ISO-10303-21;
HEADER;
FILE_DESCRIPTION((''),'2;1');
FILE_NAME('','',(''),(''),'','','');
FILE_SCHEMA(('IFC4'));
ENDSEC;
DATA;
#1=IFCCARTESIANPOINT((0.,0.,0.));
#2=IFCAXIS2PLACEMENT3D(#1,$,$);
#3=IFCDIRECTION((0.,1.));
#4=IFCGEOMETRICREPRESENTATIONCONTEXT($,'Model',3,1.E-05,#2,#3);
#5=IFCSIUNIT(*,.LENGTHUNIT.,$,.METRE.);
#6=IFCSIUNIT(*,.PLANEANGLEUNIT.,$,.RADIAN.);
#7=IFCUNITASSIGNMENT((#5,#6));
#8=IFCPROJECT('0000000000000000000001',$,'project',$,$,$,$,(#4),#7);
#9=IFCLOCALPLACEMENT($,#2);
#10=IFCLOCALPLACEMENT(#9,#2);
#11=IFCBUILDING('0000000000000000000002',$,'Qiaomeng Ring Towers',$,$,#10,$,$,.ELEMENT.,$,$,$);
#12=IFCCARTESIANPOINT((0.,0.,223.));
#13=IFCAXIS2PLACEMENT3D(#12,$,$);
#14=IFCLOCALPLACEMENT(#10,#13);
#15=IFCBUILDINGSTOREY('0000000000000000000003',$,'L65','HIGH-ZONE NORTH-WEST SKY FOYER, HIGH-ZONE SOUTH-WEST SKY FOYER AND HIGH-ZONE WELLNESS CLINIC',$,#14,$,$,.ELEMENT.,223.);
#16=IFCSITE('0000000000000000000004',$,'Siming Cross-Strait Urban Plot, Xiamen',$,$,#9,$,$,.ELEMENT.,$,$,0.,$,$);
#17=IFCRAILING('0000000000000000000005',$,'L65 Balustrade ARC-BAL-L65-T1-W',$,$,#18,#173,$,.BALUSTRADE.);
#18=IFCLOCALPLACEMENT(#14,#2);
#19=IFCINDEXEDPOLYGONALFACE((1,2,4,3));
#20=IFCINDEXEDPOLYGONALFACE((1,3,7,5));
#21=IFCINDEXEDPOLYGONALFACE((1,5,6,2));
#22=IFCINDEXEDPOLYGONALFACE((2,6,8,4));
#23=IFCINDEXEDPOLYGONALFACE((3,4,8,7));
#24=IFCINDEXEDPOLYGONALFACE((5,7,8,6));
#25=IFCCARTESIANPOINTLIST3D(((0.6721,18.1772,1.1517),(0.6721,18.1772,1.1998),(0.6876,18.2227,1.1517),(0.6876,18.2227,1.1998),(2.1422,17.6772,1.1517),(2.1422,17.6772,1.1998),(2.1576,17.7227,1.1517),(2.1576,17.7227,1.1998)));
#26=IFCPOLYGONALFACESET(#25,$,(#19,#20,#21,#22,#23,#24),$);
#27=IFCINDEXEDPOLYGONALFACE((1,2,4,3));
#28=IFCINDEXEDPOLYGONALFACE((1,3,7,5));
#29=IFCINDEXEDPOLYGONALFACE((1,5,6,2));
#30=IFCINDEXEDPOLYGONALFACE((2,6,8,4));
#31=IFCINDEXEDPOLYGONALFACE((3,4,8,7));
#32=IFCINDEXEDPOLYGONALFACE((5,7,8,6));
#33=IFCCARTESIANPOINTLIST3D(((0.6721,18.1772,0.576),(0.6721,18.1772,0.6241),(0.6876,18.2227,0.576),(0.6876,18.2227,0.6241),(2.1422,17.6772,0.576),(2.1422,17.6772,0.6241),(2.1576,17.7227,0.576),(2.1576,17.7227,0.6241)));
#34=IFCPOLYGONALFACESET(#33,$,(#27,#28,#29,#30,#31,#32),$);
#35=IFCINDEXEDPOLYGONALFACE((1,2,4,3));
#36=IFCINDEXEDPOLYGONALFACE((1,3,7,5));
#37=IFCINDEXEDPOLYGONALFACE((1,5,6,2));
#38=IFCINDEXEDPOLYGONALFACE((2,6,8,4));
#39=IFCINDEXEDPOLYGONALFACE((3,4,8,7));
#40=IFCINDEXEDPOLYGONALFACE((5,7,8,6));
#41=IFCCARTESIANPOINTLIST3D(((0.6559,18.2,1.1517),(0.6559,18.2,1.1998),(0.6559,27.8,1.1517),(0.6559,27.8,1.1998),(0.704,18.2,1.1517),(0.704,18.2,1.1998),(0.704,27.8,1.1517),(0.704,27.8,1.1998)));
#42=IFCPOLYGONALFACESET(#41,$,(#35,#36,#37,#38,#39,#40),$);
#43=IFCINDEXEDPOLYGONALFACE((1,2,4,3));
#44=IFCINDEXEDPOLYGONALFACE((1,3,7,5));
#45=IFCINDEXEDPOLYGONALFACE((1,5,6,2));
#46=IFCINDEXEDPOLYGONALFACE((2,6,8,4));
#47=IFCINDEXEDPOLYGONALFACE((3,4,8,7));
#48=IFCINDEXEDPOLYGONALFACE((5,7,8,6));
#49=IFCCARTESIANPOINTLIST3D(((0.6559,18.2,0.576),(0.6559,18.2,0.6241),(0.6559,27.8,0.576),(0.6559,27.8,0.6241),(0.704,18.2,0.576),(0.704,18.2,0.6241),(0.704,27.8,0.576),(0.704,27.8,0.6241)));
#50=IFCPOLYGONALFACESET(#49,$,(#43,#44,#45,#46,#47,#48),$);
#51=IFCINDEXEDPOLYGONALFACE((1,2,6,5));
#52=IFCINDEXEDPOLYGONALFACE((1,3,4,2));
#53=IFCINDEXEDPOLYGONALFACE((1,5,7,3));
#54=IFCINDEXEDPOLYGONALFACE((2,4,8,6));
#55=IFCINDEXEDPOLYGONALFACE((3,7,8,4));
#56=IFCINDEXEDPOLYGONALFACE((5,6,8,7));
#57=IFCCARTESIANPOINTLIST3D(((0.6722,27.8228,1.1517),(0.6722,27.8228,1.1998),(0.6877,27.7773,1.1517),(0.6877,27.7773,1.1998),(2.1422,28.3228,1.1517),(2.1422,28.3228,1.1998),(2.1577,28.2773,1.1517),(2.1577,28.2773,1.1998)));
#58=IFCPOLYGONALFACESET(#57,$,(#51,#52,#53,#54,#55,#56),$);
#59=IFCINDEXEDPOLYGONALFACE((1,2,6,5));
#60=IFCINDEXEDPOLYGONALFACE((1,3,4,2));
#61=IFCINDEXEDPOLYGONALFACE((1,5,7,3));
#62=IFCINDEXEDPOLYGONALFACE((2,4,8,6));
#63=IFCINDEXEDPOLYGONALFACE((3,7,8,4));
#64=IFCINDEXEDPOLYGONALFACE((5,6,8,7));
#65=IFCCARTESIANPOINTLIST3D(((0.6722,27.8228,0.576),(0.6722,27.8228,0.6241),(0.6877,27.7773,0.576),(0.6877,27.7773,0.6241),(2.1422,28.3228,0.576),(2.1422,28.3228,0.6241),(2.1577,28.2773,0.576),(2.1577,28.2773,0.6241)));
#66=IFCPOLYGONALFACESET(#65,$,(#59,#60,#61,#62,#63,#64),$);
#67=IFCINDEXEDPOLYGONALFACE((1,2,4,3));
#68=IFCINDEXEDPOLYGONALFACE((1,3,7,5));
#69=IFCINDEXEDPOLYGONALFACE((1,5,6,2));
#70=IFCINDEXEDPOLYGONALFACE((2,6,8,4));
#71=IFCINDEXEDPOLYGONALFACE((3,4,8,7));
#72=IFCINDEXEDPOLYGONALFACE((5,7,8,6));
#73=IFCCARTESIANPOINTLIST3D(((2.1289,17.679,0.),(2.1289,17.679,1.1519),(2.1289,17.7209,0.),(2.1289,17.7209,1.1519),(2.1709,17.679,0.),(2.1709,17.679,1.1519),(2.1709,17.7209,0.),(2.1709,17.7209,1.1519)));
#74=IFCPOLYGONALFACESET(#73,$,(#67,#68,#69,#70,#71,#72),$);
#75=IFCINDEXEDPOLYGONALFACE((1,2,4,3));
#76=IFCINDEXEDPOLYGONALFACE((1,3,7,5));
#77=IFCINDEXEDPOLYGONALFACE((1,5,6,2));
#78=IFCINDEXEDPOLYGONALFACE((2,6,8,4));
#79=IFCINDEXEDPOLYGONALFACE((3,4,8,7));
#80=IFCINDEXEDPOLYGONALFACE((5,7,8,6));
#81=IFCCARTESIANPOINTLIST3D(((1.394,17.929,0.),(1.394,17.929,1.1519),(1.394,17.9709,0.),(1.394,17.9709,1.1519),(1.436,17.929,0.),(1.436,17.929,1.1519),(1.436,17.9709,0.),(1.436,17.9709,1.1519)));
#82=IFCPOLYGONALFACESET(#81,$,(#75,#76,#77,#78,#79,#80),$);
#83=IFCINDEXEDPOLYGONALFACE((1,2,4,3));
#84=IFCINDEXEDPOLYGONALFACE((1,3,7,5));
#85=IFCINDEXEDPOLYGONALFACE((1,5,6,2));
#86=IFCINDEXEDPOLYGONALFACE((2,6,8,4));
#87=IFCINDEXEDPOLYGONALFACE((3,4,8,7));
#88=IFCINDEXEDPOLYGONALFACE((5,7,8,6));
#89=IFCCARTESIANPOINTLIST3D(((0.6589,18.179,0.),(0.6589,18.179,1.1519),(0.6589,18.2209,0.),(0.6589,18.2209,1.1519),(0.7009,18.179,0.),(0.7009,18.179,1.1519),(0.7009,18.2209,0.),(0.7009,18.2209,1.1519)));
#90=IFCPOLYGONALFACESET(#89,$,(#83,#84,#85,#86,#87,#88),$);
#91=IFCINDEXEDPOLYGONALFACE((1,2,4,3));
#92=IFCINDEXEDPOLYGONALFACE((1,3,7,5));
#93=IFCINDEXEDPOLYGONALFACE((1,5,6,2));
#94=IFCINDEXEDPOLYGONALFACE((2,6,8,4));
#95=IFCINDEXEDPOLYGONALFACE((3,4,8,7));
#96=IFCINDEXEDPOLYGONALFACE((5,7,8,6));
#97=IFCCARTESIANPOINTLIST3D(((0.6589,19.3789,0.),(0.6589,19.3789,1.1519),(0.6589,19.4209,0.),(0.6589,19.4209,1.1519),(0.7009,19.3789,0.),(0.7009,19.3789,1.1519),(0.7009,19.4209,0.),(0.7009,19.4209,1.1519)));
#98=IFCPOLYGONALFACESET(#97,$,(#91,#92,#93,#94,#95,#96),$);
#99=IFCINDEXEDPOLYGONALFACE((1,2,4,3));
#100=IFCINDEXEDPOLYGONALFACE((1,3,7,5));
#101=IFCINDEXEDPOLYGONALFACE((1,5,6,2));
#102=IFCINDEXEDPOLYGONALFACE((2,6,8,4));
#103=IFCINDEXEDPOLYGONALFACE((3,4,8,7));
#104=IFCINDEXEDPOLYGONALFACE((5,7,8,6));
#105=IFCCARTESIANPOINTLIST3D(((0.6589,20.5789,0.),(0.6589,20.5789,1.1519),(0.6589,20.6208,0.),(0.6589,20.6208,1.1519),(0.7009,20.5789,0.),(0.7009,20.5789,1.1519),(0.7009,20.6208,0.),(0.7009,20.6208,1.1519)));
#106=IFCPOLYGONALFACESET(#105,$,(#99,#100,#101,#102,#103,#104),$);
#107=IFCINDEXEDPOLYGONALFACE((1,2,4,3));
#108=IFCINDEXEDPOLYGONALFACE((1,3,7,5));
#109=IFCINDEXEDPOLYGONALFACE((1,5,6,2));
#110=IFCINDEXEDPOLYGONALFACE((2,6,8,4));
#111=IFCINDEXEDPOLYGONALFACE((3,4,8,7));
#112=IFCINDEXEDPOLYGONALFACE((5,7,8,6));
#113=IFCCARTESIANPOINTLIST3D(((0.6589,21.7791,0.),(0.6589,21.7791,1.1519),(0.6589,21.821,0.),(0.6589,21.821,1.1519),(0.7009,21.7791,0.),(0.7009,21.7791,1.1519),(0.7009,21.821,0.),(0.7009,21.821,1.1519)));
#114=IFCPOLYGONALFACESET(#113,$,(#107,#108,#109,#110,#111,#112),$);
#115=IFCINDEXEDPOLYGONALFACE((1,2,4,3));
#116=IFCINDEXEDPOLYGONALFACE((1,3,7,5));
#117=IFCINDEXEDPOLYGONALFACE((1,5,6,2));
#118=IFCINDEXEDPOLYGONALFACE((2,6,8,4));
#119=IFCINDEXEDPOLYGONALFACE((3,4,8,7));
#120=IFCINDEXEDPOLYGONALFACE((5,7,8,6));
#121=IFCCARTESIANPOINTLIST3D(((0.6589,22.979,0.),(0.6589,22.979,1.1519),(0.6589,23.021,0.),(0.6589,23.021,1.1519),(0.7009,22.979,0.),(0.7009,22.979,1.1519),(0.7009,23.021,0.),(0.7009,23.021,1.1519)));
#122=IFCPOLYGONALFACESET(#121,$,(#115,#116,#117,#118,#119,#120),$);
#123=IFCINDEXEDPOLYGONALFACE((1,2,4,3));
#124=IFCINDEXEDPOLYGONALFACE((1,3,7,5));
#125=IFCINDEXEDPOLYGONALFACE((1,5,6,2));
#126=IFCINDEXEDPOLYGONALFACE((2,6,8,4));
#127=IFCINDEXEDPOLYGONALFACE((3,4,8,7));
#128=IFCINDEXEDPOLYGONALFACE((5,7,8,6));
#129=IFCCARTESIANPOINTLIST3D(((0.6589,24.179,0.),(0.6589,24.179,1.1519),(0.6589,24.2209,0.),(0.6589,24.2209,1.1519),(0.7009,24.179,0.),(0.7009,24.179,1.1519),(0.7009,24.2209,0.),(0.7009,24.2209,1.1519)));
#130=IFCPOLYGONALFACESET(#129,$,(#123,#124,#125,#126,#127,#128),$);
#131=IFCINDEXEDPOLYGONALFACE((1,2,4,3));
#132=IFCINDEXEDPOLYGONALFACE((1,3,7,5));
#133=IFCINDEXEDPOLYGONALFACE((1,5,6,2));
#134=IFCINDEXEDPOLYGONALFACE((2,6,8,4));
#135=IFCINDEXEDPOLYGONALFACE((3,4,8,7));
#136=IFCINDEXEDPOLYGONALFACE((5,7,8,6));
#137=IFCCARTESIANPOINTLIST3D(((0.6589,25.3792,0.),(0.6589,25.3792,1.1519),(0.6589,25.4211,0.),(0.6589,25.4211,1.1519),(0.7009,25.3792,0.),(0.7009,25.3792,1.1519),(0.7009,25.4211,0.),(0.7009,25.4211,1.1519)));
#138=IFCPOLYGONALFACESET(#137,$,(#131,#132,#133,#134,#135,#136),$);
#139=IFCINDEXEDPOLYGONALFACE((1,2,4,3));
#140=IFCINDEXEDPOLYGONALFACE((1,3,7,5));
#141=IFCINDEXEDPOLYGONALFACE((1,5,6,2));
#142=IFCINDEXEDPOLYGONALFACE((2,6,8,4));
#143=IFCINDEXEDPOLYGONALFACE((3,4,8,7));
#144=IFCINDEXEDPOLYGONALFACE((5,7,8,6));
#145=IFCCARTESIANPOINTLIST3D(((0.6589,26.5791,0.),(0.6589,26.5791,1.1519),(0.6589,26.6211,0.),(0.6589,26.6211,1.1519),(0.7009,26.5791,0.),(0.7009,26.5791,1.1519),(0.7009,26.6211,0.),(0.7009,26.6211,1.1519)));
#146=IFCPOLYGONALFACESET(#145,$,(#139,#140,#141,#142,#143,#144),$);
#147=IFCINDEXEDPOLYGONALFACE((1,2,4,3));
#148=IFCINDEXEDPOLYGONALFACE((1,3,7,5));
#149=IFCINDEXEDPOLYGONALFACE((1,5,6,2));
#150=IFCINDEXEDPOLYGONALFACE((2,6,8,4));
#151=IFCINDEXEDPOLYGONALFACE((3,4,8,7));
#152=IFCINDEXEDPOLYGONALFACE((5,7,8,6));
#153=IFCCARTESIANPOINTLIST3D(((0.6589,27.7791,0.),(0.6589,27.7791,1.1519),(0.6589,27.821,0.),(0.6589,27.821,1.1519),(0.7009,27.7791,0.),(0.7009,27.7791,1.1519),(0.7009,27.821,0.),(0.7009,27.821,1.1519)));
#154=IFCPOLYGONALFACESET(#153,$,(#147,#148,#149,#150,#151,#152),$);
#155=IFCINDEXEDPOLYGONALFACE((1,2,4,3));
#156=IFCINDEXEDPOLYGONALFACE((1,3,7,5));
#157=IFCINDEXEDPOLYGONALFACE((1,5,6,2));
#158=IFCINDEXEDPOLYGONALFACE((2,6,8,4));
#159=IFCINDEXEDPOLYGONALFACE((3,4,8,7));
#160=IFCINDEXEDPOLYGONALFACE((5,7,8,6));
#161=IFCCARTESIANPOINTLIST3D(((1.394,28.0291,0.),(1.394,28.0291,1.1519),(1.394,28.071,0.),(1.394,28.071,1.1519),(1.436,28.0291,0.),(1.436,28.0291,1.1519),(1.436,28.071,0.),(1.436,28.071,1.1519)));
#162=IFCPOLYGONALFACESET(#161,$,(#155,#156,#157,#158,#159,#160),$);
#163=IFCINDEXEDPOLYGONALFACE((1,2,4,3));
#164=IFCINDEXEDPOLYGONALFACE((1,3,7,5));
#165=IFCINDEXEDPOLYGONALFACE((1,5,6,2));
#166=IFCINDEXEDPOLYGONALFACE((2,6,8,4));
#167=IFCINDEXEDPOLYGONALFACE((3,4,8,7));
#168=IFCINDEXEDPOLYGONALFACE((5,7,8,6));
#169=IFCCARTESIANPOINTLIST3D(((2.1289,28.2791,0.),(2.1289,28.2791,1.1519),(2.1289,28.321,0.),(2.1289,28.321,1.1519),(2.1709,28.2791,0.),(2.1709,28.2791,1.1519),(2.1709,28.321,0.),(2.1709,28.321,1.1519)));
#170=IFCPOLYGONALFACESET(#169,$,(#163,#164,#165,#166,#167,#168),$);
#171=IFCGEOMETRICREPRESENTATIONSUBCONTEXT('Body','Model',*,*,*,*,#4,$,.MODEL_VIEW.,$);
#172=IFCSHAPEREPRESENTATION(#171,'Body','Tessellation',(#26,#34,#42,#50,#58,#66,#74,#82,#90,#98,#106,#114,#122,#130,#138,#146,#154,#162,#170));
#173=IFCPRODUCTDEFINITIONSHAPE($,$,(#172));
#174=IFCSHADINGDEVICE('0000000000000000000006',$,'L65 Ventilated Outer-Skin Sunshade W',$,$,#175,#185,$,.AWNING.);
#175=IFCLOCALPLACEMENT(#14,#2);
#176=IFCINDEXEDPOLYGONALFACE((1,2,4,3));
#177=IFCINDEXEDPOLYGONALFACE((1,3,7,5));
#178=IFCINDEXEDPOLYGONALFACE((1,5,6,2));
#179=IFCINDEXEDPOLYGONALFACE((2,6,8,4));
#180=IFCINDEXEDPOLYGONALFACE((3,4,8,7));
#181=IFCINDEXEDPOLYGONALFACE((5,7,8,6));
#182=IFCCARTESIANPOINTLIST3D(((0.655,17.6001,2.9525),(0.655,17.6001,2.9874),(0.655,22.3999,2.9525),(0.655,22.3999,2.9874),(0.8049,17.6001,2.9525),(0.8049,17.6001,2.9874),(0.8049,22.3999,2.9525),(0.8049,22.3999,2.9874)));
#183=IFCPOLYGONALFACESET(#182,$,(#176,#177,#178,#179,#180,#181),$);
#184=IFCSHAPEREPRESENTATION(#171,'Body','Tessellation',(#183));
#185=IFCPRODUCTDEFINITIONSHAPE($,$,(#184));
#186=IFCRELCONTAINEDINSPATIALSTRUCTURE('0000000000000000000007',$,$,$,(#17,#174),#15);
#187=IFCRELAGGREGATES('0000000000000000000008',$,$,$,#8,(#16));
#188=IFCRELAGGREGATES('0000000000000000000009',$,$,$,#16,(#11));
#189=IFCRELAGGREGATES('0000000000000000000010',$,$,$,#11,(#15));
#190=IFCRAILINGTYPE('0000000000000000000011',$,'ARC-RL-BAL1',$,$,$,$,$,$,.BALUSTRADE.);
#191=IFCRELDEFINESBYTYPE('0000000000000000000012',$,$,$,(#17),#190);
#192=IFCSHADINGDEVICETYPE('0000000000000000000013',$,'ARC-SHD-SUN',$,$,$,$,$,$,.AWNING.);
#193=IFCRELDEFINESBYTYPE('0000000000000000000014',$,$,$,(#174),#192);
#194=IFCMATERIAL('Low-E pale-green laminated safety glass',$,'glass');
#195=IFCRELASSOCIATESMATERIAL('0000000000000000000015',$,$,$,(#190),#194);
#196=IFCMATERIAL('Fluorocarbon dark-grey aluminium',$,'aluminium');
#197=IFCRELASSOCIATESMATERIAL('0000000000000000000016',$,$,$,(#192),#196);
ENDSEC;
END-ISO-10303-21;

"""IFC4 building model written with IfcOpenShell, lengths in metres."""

from ifc_helpers import new_model, si_unit, direction, frame, origin, origin_2d, place, context, subcontext, project, spatial, rectangle, extrude, source, transform, mapped, material, material_profile, profile_set, type_object, element, save


model = new_model("IFC4")

# Units and contexts
model_context = context("Model", 3, precision=1e-05, world=origin(), true_north=direction((0.0, 1.0)))
body_context = subcontext(model_context, "Body", "Model", "MODEL_VIEW")
ifc_project = project(units=[si_unit("LENGTHUNIT", "METRE"), si_unit("PLANEANGLEUNIT", "RADIAN")], contexts=[model_context])

# Site, building, storey
site_placement = place(None, origin())
site = spatial("IfcSite", under=ifc_project, at=site_placement, Name="Siming Cross-Strait Urban Plot, Xiamen", CompositionType="ELEMENT", RefElevation=0.0)
building_placement = place(site_placement, origin())
building = spatial("IfcBuilding", under=site, at=building_placement, Name="Qiaomeng Ring Towers", CompositionType="ELEMENT")
storey_placement = place(building_placement, frame((0.0, 0.0, 223.0)))
storey = spatial("IfcBuildingStorey", under=building, at=storey_placement, Name="L65", Description="HIGH-ZONE NORTH-WEST SKY FOYER, HIGH-ZONE SOUTH-WEST SKY FOYER AND HIGH-ZONE WELLNESS CLINIC", CompositionType="ELEMENT", Elevation=223.0)

# Railing
ifc_material_1 = material(Name="Low-E pale-green laminated safety glass", Category="glass")
railing_type = type_object("IfcRailingType", Name="ARC-RL-BAL1", PredefinedType="BALUSTRADE", material=ifc_material_1)
railing_1_placement = place(storey_placement, frame((2.1499, 17.7, 0.0)))
element("IfcRailing", 1, at=railing_1_placement, inside=storey, type_object=railing_type, Name="L65 Balustrade ARC-BAL-L65-T1-W", PredefinedType="BALUSTRADE", context=body_context, shape_type="SweptSolid", body=[
    extrude(rectangle(XDim=0.0481, YDim=0.0481, at=origin_2d()), frame((0.0, 0.0, 1.1758), z_axis=(-0.946732, 0.322024, 0.0), x_axis=(-0.322024, -0.946732, 0.0)), (0.0, 0.0, 1.0), 1.5527),
    extrude(rectangle(XDim=0.0481, YDim=0.0481, at=origin_2d()), frame((0.0, 0.0, 0.6001), z_axis=(-0.946732, 0.322024, 0.0), x_axis=(-0.322024, -0.946732, 0.0)), (0.0, 0.0, 1.0), 1.5527),
    extrude(rectangle(XDim=0.0481, YDim=0.0481, at=origin_2d()), frame((-1.47, 0.5, 1.1758), z_axis=(0.0, 1.0, 0.0), x_axis=(-1.0, 0.0, 0.0)), (0.0, 0.0, 1.0), 9.6001),
    extrude(rectangle(XDim=0.0481, YDim=0.0481, at=origin_2d()), frame((-1.47, 0.5, 0.6001), z_axis=(0.0, 1.0, 0.0), x_axis=(-1.0, 0.0, 0.0)), (0.0, 0.0, 1.0), 9.6001),
    extrude(rectangle(XDim=0.0481, YDim=0.0481, at=origin_2d()), frame((-1.47, 10.1001, 1.1758), z_axis=(0.946732, 0.322024, 0.0), x_axis=(-0.322024, 0.946732, 0.0)), (0.0, 0.0, 1.0), 1.5527),
    extrude(rectangle(XDim=0.0481, YDim=0.0481, at=origin_2d()), frame((-1.47, 10.1001, 0.6001), z_axis=(0.946732, 0.322024, 0.0), x_axis=(-0.322024, 0.946732, 0.0)), (0.0, 0.0, 1.0), 1.5527),
    extrude(rectangle(XDim=0.042, YDim=0.042, at=origin_2d()), origin(), (0.0, 0.0, 1.0), 1.1519),
    extrude(rectangle(XDim=0.042, YDim=0.042, at=origin_2d()), frame((-0.7349, 0.25, 0.0)), (0.0, 0.0, 1.0), 1.1519),
    extrude(rectangle(XDim=0.042, YDim=0.042, at=origin_2d()), frame((-1.47, 0.5, 0.0)), (0.0, 0.0, 1.0), 1.1519),
    extrude(rectangle(XDim=0.042, YDim=0.042, at=origin_2d()), frame((-1.47, 1.7, 0.0)), (0.0, 0.0, 1.0), 1.1519),
    extrude(rectangle(XDim=0.042, YDim=0.042, at=origin_2d()), frame((-1.47, 2.8999, 0.0)), (0.0, 0.0, 1.0), 1.1519),
    extrude(rectangle(XDim=0.042, YDim=0.042, at=origin_2d()), frame((-1.47, 4.1001, 0.0)), (0.0, 0.0, 1.0), 1.1519),
    extrude(rectangle(XDim=0.042, YDim=0.042, at=origin_2d()), frame((-1.47, 5.3, 0.0)), (0.0, 0.0, 1.0), 1.1519),
    extrude(rectangle(XDim=0.042, YDim=0.042, at=origin_2d()), frame((-1.47, 6.5, 0.0)), (0.0, 0.0, 1.0), 1.1519),
    extrude(rectangle(XDim=0.042, YDim=0.042, at=origin_2d()), frame((-1.47, 7.7002, 0.0)), (0.0, 0.0, 1.0), 1.1519),
    extrude(rectangle(XDim=0.042, YDim=0.042, at=origin_2d()), frame((-1.47, 8.9001, 0.0)), (0.0, 0.0, 1.0), 1.1519),
    extrude(rectangle(XDim=0.042, YDim=0.042, at=origin_2d()), frame((-1.47, 10.1001, 0.0)), (0.0, 0.0, 1.0), 1.1519),
    extrude(rectangle(XDim=0.042, YDim=0.042, at=origin_2d()), frame((-0.7349, 10.3501, 0.0)), (0.0, 0.0, 1.0), 1.1519),
    extrude(rectangle(XDim=0.042, YDim=0.042, at=origin_2d()), frame((0.0, 10.6001, 0.0)), (0.0, 0.0, 1.0), 1.1519),
])

# Shading device
ifc_material_2 = material(Name="Fluorocarbon dark-grey aluminium", Category="aluminium")
ifc_material_profile_1 = material_profile(ifc_material_2, rectangle(XDim=0.1499, YDim=0.0349, at=origin_2d()), Name="LV BLADE 150x35")
ifc_profile_set_1 = profile_set([ifc_material_profile_1], Name="Fluorocarbon dark-grey aluminium")
shading_device_type = type_object("IfcShadingDeviceType", Name="ARC-SHD-SUN", PredefinedType="AWNING", material=ifc_profile_set_1)
shared_shape_1 = source(origin(), body_context, "Body", "SweptSolid", [
    extrude(rectangle(XDim=0.1499, YDim=0.0349, at=origin_2d()), origin(), (0.0, 0.0, 1.0), 4.7998),
])
shading_device_placement = place(storey_placement, frame((0.73, 17.6001, 2.97), z_axis=(0.0, 1.0, 0.0), x_axis=(-1.0, 0.0, 0.0)))
element("IfcShadingDevice", 2, at=shading_device_placement, inside=storey, type_object=shading_device_type, Name="L65 Ventilated Outer-Skin Sunshade W", PredefinedType="AWNING", context=body_context, shape_type="MappedRepresentation", body=[
    mapped(shared_shape_1, transform((0.0, 0.0, 0.0), x_axis=(1.0, 0.0, 0.0), y_axis=(0.0, 1.0, 0.0), z_axis=(0.0, 0.0, 1.0), scale=1.0)),
])

save(model, "model.ifc")
